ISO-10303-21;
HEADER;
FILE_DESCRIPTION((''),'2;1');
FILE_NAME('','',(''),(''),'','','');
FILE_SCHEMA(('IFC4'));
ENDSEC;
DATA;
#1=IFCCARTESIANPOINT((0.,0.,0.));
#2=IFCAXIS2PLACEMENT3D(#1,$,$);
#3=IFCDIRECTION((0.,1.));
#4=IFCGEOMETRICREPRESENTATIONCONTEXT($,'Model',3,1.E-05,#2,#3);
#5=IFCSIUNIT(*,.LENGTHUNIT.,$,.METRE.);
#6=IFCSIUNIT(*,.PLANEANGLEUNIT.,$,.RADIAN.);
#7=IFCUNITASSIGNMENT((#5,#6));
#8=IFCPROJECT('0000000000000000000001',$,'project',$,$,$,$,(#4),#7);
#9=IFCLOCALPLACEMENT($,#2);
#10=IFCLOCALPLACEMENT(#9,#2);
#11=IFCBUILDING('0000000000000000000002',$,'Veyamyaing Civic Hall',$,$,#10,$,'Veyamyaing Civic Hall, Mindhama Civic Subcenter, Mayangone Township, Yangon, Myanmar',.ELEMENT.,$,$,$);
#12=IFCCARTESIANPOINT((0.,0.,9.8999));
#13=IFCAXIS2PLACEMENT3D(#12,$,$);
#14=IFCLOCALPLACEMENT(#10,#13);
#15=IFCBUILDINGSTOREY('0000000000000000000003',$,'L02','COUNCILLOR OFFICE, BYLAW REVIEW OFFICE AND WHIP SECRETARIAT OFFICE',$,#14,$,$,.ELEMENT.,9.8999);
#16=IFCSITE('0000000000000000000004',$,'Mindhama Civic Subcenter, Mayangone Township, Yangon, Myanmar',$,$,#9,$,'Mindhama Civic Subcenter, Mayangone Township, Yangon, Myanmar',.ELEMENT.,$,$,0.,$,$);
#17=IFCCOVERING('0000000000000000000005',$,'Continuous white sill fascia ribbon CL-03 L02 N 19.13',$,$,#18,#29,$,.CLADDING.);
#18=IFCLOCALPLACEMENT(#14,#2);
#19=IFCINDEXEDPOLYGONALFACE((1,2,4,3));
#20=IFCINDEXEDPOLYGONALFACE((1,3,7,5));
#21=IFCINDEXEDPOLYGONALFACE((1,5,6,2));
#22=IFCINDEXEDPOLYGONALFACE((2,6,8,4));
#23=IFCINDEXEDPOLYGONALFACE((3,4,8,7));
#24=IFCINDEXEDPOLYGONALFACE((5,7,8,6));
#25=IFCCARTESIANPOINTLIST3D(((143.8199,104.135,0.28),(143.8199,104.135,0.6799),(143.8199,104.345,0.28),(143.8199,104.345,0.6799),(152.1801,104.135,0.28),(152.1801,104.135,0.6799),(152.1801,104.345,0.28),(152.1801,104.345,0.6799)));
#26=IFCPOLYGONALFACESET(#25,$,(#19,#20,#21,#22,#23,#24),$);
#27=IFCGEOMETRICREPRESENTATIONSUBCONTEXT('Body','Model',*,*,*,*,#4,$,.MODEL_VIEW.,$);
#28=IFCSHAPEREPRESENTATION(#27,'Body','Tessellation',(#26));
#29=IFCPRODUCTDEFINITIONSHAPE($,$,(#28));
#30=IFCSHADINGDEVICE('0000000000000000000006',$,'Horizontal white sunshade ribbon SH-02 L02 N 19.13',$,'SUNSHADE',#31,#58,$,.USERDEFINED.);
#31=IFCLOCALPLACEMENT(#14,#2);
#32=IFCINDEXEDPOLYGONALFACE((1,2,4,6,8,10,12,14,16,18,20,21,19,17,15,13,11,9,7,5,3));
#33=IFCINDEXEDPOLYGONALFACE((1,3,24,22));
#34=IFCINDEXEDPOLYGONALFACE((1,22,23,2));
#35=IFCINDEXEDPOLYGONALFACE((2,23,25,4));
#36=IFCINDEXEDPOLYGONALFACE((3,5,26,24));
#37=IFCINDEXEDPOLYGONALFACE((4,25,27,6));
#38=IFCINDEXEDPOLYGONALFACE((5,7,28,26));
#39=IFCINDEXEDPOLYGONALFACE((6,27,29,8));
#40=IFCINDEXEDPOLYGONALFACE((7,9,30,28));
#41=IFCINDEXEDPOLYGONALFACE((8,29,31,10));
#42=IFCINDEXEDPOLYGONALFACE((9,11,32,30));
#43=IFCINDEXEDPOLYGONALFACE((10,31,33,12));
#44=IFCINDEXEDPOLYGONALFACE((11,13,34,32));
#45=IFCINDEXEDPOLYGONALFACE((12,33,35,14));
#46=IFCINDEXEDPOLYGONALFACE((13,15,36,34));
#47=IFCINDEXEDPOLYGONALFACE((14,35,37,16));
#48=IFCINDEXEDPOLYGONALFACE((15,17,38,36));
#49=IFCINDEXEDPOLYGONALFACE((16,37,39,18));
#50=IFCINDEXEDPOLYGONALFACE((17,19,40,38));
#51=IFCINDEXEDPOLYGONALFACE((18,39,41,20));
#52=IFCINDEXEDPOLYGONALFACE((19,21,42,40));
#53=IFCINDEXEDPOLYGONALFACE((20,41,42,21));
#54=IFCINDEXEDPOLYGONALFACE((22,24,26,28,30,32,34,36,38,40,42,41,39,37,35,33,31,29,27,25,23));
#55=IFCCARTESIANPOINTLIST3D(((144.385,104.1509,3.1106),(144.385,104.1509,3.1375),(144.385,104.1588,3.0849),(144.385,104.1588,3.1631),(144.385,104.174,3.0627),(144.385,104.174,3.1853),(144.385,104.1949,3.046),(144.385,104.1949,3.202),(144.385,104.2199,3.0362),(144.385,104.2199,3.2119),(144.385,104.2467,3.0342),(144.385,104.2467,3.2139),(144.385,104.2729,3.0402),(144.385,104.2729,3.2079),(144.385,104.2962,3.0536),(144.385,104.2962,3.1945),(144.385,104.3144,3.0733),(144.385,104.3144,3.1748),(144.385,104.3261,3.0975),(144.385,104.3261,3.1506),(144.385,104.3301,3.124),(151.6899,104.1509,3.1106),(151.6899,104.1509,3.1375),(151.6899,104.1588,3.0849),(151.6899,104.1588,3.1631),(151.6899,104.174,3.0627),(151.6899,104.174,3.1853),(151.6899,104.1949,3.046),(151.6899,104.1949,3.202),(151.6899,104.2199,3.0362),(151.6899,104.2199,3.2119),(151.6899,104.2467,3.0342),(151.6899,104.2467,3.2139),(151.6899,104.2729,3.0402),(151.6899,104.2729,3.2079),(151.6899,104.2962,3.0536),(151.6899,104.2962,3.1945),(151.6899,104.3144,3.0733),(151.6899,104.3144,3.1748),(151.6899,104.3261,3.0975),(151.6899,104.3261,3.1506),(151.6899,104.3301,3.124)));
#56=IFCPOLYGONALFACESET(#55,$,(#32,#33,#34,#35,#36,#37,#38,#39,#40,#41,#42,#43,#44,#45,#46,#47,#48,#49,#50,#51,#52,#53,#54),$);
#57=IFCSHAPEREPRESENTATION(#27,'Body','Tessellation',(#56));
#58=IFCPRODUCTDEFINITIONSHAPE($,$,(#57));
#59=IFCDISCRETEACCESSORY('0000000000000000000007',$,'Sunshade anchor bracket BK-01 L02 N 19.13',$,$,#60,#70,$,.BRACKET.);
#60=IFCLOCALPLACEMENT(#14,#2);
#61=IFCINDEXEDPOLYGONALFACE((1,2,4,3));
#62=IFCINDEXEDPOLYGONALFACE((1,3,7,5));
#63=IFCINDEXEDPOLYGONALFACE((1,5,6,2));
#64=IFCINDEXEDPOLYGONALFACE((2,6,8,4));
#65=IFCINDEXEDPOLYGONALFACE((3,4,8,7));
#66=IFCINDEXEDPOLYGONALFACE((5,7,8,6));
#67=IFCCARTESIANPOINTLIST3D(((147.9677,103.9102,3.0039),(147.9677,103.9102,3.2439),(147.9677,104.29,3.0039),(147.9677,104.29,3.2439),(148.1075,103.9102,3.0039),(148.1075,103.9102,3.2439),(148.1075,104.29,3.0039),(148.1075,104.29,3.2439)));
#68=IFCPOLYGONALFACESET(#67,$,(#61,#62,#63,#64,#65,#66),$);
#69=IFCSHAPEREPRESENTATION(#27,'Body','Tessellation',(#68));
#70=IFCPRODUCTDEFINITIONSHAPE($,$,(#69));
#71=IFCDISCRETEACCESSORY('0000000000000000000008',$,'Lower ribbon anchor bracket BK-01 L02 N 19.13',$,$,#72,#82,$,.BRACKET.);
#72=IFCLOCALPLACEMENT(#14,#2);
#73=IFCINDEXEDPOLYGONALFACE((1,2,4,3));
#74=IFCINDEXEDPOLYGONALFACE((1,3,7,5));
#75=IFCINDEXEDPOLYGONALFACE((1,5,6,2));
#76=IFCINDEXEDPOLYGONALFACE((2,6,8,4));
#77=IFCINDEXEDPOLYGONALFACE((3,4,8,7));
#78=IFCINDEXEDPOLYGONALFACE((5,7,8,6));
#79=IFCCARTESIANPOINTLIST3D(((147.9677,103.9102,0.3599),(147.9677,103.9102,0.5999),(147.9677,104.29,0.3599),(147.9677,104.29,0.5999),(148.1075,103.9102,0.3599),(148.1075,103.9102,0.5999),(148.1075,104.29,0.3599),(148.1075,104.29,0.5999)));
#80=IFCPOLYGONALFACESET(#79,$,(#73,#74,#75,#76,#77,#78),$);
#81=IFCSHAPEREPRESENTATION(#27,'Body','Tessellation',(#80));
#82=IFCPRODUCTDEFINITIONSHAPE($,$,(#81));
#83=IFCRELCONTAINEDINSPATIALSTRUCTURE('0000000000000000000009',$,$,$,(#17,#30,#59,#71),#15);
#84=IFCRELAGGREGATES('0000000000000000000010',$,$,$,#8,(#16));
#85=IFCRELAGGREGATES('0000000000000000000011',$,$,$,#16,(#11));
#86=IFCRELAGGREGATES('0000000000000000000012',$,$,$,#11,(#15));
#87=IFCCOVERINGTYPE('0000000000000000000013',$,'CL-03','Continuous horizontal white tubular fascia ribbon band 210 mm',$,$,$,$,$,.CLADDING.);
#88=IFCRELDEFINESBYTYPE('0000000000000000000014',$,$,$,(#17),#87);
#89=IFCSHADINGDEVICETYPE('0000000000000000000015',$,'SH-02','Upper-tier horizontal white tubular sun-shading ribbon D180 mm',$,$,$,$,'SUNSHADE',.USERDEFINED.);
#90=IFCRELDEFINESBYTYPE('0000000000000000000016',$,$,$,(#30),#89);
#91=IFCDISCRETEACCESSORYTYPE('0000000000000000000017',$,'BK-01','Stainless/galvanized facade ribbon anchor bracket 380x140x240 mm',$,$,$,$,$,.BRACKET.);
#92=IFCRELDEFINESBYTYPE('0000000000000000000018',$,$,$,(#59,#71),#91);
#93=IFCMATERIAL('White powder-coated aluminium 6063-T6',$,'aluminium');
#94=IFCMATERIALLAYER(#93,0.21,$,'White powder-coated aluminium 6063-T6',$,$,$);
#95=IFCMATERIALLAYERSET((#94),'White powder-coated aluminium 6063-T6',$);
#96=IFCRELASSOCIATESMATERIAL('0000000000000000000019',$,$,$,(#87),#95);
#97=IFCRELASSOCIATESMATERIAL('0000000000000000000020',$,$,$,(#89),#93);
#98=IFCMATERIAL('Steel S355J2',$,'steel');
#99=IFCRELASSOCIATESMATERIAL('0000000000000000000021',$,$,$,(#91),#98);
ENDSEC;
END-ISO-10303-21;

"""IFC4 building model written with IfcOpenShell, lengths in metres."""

from ifc_helpers import new_model, si_unit, direction, frame, origin, origin_2d, place, context, subcontext, project, spatial, rectangle, circle, extrude, material, layer, layer_set, material_profile, profile_set, type_object, element, save


model = new_model("IFC4")

# Units and contexts
model_context = context("Model", 3, precision=1e-05, world=origin(), true_north=direction((0.0, 1.0)))
body_context = subcontext(model_context, "Body", "Model", "MODEL_VIEW")
ifc_project = project(units=[si_unit("LENGTHUNIT", "METRE"), si_unit("PLANEANGLEUNIT", "RADIAN")], contexts=[model_context])

# Site, building, storey
site_placement = place(None, origin())
site = spatial("IfcSite", under=ifc_project, at=site_placement, Name="Mindhama Civic Subcenter, Mayangone Township, Yangon, Myanmar", LongName="Mindhama Civic Subcenter, Mayangone Township, Yangon, Myanmar", CompositionType="ELEMENT", RefElevation=0.0)
building_placement = place(site_placement, origin())
building = spatial("IfcBuilding", under=site, at=building_placement, Name="Veyamyaing Civic Hall", LongName="Veyamyaing Civic Hall, Mindhama Civic Subcenter, Mayangone Township, Yangon, Myanmar", CompositionType="ELEMENT")
storey_placement = place(building_placement, frame((0.0, 0.0, 9.8999)))
storey = spatial("IfcBuildingStorey", under=building, at=storey_placement, Name="L02", Description="COUNCILLOR OFFICE, BYLAW REVIEW OFFICE AND WHIP SECRETARIAT OFFICE", CompositionType="ELEMENT", Elevation=9.8999)

# Covering
ifc_material_1 = material(Name="White powder-coated aluminium 6063-T6", Category="aluminium")
ifc_layer_1 = layer(ifc_material_1, 0.21, Name="White powder-coated aluminium 6063-T6")
ifc_layer_set_1 = layer_set([ifc_layer_1], Name="White powder-coated aluminium 6063-T6")
covering_type = type_object("IfcCoveringType", Name="CL-03", Description="Continuous horizontal white tubular fascia ribbon band 210 mm", PredefinedType="CLADDING", material=ifc_layer_set_1)
for number, where, z_axis, x_axis, name in (
    (1, (148.0, 104.24, 0.28), (0.0, 0.0, 1.0), (1.0, 0.0, 0.0), "Continuous white sill fascia ribbon CL-03 L02 N 19.13"),
):
    element("IfcCovering", number, at=place(storey_placement, frame(where, z_axis=z_axis, x_axis=x_axis)), inside=storey, type_object=covering_type, Name=name, PredefinedType="CLADDING", context=body_context, shape_type="SweptSolid", body=[
        extrude(rectangle(XDim=8.3601, YDim=0.21, at=origin_2d()), origin(), (0.0, 0.0, 1.0), 0.3999),
    ])

# Shading device
ifc_material_profile_1 = material_profile(ifc_material_1, circle(Radius=0.0901, at=origin_2d()), Name="SHADE-TUBE-180")
ifc_profile_set_1 = profile_set([ifc_material_profile_1], Name="White powder-coated aluminium 6063-T6")
shading_device_type = type_object("IfcShadingDeviceType", Name="SH-02", Description="Upper-tier horizontal white tubular sun-shading ribbon D180 mm", ElementType="SUNSHADE", PredefinedType="USERDEFINED", material=ifc_profile_set_1)
shading_device_placement = place(storey_placement, frame((144.385, 104.24, 3.124), z_axis=(1.0, 0.0, 0.0), x_axis=(0.0, 1.0, 0.0)))
element("IfcShadingDevice", 2, at=shading_device_placement, inside=storey, type_object=shading_device_type, Name="Horizontal white sunshade ribbon SH-02 L02 N 19.13", ObjectType="SUNSHADE", PredefinedType="USERDEFINED", context=body_context, shape_type="SweptSolid", body=[
    extrude(circle(Radius=0.0901, at=origin_2d()), origin(), (0.0, 0.0, 1.0), 7.3049),
])

# Discrete accessories
ifc_material_2 = material(Name="Steel S355J2", Category="steel")
discrete_accessory_type = type_object("IfcDiscreteAccessoryType", Name="BK-01", Description="Stainless/galvanized facade ribbon anchor bracket 380x140x240 mm", PredefinedType="BRACKET", material=ifc_material_2)
for number, where, z_axis, x_axis, name in (
    (3, (148.0376, 104.1001, 3.0039), (0.0, 0.0, 1.0), (0.0, 1.0, 0.0), "Sunshade anchor bracket BK-01 L02 N 19.13"),
    (4, (148.0376, 104.1001, 0.3599), (0.0, 0.0, 1.0), (0.0, 1.0, 0.0), "Lower ribbon anchor bracket BK-01 L02 N 19.13"),
):
    element("IfcDiscreteAccessory", number, at=place(storey_placement, frame(where, z_axis=z_axis, x_axis=x_axis)), inside=storey, type_object=discrete_accessory_type, Name=name, PredefinedType="BRACKET", context=body_context, shape_type="SweptSolid", body=[
        extrude(rectangle(XDim=0.3799, YDim=0.1399, at=origin_2d()), origin(), (0.0, 0.0, 1.0), 0.24),
    ])

save(model, "model.ifc")
